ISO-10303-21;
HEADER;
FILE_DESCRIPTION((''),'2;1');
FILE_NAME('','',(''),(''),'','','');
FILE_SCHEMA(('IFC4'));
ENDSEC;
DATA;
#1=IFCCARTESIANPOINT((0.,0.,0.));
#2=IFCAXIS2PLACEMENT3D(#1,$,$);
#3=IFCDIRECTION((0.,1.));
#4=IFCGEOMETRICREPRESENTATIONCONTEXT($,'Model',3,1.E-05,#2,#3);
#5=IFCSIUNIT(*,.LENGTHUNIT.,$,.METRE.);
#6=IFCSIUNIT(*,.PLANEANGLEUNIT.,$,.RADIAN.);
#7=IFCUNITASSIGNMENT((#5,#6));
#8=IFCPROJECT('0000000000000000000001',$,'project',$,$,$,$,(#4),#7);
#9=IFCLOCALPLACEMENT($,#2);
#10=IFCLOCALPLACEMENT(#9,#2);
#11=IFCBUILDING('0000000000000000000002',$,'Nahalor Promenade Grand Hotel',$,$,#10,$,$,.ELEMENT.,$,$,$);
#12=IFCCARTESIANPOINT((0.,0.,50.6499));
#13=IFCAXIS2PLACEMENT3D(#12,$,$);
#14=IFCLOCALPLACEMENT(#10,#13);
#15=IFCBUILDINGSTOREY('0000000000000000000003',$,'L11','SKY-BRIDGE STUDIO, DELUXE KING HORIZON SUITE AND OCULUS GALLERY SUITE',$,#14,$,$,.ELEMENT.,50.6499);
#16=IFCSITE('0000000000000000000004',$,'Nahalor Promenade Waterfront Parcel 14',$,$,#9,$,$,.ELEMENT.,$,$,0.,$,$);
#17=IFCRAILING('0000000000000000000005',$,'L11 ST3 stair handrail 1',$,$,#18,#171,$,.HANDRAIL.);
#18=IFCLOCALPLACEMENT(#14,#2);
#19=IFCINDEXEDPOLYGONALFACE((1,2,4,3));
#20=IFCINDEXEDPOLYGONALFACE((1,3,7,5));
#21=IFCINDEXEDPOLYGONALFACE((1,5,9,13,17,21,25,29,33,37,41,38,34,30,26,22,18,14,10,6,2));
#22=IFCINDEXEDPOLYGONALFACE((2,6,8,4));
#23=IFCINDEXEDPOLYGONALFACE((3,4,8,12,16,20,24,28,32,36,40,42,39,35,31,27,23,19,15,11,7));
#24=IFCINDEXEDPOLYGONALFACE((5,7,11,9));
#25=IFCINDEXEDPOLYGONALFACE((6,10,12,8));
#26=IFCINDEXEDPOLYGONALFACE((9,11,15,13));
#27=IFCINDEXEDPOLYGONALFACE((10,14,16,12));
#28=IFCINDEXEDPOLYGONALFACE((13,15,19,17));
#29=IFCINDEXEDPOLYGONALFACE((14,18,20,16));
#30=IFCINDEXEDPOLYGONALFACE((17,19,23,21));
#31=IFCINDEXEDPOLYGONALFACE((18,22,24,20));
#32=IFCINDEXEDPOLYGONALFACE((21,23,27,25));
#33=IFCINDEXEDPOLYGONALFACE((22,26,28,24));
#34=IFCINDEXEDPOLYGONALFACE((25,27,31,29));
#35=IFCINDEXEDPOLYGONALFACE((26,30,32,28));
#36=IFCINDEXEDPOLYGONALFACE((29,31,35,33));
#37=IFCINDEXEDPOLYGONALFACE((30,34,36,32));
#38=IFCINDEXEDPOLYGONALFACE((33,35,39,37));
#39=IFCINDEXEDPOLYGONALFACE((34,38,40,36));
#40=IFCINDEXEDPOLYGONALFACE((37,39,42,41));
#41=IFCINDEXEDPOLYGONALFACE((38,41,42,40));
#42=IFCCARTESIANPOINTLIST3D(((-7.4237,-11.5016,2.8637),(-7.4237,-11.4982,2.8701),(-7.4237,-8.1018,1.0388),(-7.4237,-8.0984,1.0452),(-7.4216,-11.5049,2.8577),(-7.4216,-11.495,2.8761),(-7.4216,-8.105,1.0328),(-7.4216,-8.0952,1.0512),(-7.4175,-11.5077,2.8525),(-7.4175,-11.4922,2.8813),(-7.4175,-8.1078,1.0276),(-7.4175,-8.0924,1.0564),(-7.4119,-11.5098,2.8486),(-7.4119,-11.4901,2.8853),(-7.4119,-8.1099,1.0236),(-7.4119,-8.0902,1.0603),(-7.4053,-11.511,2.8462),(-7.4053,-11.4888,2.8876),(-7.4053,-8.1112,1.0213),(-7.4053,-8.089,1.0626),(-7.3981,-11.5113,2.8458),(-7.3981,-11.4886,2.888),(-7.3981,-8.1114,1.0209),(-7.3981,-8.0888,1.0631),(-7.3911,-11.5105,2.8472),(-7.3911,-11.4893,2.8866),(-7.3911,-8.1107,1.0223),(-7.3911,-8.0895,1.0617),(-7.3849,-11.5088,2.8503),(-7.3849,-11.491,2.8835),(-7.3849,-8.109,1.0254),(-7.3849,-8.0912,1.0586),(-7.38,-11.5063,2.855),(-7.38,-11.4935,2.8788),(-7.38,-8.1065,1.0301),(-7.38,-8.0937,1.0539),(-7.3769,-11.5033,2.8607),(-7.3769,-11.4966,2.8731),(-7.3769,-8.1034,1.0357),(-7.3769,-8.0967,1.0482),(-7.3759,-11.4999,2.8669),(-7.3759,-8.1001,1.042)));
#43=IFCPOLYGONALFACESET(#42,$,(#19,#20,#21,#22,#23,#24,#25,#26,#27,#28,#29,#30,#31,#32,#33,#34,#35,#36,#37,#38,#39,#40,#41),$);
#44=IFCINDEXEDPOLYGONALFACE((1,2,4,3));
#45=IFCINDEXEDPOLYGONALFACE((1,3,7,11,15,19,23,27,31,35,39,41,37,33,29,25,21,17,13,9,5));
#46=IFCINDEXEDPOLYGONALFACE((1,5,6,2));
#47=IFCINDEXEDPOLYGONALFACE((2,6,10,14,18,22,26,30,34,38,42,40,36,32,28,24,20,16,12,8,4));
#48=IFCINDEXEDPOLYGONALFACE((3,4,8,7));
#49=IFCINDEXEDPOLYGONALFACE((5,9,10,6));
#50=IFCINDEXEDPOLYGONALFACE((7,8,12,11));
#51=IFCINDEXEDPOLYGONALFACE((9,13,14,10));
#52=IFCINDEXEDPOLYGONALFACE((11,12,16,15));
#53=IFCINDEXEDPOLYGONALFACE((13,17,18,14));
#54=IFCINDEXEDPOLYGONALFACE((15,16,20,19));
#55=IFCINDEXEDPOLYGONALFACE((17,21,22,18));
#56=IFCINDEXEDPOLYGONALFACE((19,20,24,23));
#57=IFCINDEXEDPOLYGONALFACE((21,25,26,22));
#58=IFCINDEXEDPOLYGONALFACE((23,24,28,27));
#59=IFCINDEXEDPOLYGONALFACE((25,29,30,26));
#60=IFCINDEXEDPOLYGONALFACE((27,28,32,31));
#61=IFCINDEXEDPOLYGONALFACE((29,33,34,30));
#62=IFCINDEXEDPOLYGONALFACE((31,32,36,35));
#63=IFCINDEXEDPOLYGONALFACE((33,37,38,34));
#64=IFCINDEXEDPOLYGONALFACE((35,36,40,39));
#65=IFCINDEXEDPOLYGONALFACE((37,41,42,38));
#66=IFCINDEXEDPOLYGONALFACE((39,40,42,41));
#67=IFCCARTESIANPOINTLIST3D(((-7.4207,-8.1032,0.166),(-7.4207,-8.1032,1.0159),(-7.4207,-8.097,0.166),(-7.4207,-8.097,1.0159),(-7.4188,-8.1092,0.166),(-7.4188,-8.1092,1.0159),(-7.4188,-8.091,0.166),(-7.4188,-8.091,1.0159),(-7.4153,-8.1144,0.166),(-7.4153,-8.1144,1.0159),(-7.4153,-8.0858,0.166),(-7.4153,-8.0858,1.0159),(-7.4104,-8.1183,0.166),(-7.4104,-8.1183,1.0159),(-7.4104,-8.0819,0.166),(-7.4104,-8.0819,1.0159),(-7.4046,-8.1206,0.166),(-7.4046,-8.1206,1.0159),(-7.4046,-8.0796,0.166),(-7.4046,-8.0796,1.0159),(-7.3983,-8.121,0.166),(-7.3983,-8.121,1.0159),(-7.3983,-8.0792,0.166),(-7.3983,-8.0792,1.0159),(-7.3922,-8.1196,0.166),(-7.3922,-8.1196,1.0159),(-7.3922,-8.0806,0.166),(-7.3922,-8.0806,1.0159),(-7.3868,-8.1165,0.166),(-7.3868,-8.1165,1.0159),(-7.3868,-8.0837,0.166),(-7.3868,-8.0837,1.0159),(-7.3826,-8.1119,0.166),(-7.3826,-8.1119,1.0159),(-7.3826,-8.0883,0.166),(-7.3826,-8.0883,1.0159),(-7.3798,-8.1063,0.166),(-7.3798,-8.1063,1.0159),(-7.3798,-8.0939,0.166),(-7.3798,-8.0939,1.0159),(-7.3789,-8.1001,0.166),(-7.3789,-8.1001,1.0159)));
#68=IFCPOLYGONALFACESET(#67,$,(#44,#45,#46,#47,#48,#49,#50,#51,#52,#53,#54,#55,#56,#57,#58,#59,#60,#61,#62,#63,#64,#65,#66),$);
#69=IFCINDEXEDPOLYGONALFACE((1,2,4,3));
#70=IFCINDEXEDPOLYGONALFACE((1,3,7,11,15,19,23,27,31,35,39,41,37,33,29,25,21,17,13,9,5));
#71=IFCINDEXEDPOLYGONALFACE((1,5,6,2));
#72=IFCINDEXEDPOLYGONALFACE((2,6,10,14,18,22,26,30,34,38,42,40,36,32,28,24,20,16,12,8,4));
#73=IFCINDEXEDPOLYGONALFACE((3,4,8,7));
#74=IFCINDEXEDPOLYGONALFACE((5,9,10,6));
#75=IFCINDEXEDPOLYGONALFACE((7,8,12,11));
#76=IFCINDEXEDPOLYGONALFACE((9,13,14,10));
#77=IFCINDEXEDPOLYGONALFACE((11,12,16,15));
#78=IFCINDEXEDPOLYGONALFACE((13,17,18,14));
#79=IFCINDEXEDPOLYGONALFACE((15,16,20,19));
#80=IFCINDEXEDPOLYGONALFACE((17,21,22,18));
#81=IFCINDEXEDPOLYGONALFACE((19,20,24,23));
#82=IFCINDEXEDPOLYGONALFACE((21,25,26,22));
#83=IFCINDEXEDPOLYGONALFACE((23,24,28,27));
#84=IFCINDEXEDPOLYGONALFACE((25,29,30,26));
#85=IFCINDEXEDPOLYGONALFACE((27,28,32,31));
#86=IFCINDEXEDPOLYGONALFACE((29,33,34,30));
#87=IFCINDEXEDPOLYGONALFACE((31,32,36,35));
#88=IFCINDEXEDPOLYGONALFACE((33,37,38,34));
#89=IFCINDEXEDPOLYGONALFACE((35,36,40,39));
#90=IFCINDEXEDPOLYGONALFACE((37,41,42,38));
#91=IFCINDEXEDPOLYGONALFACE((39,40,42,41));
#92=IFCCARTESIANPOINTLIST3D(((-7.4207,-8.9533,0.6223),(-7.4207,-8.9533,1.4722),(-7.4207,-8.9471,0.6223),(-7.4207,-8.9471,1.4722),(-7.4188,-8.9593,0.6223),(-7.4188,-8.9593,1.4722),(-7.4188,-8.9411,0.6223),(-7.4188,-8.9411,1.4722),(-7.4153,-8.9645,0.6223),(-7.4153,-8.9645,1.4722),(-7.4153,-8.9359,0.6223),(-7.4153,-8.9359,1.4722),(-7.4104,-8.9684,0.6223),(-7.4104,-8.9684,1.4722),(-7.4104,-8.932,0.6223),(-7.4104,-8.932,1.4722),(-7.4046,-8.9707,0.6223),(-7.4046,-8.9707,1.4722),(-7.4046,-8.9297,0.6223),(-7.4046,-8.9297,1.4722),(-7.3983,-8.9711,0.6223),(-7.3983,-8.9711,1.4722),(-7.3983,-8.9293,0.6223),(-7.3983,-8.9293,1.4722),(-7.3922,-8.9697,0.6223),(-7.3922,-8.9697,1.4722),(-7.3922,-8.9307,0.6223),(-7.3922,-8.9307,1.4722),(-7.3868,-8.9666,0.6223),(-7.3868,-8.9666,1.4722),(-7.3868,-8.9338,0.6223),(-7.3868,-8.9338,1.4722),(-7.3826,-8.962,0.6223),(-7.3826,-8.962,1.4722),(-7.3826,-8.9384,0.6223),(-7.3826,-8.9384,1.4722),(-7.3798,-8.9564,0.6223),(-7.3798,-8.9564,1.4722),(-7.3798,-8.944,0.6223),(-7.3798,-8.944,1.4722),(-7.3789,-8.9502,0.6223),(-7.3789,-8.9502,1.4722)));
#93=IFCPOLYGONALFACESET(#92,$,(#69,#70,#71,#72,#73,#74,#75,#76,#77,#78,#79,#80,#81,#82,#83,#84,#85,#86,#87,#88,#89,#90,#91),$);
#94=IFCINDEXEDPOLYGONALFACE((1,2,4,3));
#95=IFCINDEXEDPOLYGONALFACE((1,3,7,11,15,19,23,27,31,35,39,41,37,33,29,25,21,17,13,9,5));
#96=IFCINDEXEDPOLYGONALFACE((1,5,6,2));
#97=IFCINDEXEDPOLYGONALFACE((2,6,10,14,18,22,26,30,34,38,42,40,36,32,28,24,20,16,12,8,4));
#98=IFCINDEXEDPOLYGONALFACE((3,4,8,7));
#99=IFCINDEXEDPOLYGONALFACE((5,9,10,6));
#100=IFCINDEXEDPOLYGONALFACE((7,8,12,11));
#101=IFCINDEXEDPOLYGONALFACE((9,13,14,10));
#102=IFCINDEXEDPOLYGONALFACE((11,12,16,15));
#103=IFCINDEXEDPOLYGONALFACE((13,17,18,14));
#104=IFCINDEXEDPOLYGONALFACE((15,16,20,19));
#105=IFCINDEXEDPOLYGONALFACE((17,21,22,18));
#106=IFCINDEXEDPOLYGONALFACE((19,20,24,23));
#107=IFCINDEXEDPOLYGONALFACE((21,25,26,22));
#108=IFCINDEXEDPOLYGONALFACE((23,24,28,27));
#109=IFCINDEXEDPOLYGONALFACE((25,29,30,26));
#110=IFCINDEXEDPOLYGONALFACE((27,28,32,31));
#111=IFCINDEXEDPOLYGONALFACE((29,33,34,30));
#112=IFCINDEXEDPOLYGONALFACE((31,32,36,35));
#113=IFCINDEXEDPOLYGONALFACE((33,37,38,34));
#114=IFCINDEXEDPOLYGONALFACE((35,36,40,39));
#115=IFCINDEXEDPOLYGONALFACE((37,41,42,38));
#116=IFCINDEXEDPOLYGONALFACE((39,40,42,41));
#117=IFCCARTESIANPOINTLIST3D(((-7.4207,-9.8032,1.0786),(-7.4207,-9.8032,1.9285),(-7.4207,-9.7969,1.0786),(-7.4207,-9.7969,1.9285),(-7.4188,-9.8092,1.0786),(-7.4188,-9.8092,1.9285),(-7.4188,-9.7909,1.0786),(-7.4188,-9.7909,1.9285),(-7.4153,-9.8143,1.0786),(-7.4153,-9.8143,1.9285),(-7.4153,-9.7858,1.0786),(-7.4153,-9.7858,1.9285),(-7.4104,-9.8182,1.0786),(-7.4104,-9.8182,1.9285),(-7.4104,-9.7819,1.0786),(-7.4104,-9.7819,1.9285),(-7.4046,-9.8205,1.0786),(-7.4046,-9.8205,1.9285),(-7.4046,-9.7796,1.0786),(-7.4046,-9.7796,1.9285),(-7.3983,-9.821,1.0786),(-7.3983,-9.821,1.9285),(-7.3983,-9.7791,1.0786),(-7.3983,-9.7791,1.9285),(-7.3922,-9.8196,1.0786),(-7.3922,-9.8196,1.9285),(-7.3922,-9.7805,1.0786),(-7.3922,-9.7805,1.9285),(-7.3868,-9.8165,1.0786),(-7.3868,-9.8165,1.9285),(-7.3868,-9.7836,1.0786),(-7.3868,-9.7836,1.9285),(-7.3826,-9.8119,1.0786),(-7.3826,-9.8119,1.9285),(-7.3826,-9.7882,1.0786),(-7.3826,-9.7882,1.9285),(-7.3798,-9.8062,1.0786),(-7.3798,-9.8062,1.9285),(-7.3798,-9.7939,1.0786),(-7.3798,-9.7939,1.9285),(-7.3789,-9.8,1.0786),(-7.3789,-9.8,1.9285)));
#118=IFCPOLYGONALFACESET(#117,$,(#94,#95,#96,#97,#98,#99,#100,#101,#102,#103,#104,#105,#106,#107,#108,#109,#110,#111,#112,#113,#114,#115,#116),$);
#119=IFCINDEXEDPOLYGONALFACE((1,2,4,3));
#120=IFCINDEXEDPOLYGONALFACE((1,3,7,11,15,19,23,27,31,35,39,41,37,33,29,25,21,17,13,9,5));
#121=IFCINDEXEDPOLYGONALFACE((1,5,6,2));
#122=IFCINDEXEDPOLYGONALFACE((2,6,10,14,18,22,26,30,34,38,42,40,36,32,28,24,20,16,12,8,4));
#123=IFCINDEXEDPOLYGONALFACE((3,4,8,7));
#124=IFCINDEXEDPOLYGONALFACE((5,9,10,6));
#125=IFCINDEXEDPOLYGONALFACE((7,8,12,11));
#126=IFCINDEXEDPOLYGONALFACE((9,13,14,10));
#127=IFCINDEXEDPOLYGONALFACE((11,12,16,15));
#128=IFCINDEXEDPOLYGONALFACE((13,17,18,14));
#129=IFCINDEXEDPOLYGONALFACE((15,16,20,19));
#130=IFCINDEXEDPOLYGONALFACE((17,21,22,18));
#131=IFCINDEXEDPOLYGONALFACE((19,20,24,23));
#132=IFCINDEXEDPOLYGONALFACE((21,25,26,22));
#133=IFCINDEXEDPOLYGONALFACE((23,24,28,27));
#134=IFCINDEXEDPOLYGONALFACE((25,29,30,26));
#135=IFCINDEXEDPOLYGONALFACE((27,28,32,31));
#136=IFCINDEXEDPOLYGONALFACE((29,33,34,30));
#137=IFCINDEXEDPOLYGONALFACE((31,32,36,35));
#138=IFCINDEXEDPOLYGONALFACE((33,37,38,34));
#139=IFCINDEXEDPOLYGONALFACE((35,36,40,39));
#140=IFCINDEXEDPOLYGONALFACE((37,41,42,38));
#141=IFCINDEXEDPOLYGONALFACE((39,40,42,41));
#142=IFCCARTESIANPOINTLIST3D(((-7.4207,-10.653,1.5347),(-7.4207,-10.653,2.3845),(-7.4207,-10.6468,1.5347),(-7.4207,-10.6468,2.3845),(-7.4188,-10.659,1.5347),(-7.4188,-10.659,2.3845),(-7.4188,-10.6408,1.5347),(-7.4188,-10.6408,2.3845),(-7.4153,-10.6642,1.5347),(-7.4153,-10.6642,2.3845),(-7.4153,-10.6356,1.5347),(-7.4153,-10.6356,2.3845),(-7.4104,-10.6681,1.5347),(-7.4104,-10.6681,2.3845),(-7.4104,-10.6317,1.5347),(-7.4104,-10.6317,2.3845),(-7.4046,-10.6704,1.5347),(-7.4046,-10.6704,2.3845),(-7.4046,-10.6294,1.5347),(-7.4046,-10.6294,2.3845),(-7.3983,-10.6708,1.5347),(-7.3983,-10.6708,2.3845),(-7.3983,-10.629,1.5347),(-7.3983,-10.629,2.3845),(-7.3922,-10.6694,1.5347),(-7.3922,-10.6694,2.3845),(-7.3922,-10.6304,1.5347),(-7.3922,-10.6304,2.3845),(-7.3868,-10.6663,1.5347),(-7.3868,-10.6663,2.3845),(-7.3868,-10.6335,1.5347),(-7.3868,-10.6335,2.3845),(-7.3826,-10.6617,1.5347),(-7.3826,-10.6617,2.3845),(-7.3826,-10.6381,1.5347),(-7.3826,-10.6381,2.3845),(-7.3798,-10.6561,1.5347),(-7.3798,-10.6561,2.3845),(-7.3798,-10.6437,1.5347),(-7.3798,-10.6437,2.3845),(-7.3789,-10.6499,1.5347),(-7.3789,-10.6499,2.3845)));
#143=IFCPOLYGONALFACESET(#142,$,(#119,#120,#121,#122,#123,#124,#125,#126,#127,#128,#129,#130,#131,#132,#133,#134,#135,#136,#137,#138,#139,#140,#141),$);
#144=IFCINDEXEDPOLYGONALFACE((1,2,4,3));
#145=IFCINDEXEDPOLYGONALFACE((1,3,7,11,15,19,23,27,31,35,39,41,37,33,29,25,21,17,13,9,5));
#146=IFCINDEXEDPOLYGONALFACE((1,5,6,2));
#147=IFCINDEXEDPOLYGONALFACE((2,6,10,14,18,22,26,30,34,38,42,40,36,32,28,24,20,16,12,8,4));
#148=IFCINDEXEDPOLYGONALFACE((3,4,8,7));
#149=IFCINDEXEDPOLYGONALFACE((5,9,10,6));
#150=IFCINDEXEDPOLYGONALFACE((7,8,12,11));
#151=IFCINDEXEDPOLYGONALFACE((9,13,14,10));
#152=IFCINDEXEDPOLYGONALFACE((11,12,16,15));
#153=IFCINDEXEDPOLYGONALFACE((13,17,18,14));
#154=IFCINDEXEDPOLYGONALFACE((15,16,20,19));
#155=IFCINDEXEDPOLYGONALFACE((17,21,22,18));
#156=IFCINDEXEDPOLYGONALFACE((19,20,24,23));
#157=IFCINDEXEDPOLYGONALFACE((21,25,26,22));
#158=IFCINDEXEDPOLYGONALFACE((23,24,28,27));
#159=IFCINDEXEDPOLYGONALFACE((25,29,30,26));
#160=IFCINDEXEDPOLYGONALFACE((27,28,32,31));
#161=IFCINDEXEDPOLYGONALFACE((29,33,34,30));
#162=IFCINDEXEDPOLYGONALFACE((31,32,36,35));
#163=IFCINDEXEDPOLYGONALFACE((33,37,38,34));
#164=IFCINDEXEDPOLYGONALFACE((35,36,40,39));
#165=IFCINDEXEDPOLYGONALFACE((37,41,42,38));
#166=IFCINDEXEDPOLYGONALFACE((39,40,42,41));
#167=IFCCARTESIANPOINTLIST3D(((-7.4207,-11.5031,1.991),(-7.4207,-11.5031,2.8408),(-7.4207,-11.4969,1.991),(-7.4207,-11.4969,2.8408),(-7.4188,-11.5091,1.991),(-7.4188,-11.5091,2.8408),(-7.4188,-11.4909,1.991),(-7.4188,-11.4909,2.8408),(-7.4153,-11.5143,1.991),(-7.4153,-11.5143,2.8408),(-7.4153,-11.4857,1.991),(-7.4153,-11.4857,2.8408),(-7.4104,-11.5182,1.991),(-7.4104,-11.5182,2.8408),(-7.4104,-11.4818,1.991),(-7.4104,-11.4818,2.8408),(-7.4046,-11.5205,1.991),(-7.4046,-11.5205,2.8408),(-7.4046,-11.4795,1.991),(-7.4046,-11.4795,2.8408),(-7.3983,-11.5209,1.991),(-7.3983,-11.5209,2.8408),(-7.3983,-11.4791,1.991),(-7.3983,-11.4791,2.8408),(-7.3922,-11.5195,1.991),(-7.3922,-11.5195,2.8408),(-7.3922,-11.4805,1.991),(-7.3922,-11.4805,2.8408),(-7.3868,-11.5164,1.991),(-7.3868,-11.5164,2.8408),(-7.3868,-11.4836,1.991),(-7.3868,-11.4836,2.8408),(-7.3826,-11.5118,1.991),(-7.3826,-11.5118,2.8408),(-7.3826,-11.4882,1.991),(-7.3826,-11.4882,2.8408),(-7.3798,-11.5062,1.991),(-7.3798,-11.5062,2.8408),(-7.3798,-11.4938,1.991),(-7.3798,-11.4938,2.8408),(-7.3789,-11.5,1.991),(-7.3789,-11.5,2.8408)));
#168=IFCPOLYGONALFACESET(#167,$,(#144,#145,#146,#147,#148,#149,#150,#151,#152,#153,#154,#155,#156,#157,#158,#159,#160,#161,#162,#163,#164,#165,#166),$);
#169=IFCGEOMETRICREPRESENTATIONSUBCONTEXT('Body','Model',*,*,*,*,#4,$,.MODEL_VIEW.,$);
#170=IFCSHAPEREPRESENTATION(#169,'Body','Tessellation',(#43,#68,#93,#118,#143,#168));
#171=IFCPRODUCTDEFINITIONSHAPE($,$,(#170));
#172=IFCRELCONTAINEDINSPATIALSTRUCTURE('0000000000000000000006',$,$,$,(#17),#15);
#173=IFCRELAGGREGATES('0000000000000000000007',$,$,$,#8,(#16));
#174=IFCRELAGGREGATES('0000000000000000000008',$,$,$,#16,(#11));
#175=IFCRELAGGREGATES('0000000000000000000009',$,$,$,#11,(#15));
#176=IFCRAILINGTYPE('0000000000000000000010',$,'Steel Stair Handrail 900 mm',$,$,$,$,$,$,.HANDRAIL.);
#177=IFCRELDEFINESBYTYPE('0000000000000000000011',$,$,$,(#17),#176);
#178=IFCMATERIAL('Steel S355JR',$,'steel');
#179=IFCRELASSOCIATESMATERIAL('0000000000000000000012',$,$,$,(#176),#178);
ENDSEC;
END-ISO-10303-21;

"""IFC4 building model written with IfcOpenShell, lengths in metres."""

from ifc_helpers import new_model, si_unit, direction, frame, origin, origin_2d, place, context, subcontext, project, spatial, circle, extrude, material, type_object, element, save


model = new_model("IFC4")

# Units and contexts
model_context = context("Model", 3, precision=1e-05, world=origin(), true_north=direction((0.0, 1.0)))
body_context = subcontext(model_context, "Body", "Model", "MODEL_VIEW")
ifc_project = project(units=[si_unit("LENGTHUNIT", "METRE"), si_unit("PLANEANGLEUNIT", "RADIAN")], contexts=[model_context])

# Site, building, storey
site_placement = place(None, origin())
site = spatial("IfcSite", under=ifc_project, at=site_placement, Name="Nahalor Promenade Waterfront Parcel 14", CompositionType="ELEMENT", RefElevation=0.0)
building_placement = place(site_placement, origin())
building = spatial("IfcBuilding", under=site, at=building_placement, Name="Nahalor Promenade Grand Hotel", CompositionType="ELEMENT")
storey_placement = place(building_placement, frame((0.0, 0.0, 50.6499)))
storey = spatial("IfcBuildingStorey", under=building, at=storey_placement, Name="L11", Description="SKY-BRIDGE STUDIO, DELUXE KING HORIZON SUITE AND OCULUS GALLERY SUITE", CompositionType="ELEMENT", Elevation=50.6499)

# Shared definitions
ifc_material_1 = material(Name="Steel S355JR", Category="steel")

# Railing
railing_type_1 = type_object("IfcRailingType", Name="Steel Stair Handrail 900 mm", PredefinedType="HANDRAIL", material=ifc_material_1)
railing_1_placement = place(storey_placement, frame((-7.3999, -8.1001, 0.166)))
element("IfcRailing", 1, at=railing_1_placement, inside=storey, type_object=railing_type_1, Name="L11 ST3 stair handrail 1", PredefinedType="HANDRAIL", context=body_context, shape_type="SweptSolid", body=[
    extrude(circle(Radius=0.024, at=origin_2d()), frame((0.0, 0.0, 0.876), z_axis=(0.0, -0.881094, 0.472941), x_axis=(1.0, 0.0, 0.0)), (0.0, 0.0, 1.0), 3.8586),
    extrude(circle(Radius=0.021, at=origin_2d()), origin(), (0.0, 0.0, 1.0), 0.8499),
    extrude(circle(Radius=0.021, at=origin_2d()), frame((0.0, -0.8501, 0.4563)), (0.0, 0.0, 1.0), 0.8499),
    extrude(circle(Radius=0.021, at=origin_2d()), frame((0.0, -1.7, 0.9126)), (0.0, 0.0, 1.0), 0.8499),
    extrude(circle(Radius=0.021, at=origin_2d()), frame((0.0, -2.5498, 1.3687)), (0.0, 0.0, 1.0), 0.8499),
    extrude(circle(Radius=0.021, at=origin_2d()), frame((0.0, -3.3999, 1.825)), (0.0, 0.0, 1.0), 0.8499),
])

save(model, "model.ifc")
